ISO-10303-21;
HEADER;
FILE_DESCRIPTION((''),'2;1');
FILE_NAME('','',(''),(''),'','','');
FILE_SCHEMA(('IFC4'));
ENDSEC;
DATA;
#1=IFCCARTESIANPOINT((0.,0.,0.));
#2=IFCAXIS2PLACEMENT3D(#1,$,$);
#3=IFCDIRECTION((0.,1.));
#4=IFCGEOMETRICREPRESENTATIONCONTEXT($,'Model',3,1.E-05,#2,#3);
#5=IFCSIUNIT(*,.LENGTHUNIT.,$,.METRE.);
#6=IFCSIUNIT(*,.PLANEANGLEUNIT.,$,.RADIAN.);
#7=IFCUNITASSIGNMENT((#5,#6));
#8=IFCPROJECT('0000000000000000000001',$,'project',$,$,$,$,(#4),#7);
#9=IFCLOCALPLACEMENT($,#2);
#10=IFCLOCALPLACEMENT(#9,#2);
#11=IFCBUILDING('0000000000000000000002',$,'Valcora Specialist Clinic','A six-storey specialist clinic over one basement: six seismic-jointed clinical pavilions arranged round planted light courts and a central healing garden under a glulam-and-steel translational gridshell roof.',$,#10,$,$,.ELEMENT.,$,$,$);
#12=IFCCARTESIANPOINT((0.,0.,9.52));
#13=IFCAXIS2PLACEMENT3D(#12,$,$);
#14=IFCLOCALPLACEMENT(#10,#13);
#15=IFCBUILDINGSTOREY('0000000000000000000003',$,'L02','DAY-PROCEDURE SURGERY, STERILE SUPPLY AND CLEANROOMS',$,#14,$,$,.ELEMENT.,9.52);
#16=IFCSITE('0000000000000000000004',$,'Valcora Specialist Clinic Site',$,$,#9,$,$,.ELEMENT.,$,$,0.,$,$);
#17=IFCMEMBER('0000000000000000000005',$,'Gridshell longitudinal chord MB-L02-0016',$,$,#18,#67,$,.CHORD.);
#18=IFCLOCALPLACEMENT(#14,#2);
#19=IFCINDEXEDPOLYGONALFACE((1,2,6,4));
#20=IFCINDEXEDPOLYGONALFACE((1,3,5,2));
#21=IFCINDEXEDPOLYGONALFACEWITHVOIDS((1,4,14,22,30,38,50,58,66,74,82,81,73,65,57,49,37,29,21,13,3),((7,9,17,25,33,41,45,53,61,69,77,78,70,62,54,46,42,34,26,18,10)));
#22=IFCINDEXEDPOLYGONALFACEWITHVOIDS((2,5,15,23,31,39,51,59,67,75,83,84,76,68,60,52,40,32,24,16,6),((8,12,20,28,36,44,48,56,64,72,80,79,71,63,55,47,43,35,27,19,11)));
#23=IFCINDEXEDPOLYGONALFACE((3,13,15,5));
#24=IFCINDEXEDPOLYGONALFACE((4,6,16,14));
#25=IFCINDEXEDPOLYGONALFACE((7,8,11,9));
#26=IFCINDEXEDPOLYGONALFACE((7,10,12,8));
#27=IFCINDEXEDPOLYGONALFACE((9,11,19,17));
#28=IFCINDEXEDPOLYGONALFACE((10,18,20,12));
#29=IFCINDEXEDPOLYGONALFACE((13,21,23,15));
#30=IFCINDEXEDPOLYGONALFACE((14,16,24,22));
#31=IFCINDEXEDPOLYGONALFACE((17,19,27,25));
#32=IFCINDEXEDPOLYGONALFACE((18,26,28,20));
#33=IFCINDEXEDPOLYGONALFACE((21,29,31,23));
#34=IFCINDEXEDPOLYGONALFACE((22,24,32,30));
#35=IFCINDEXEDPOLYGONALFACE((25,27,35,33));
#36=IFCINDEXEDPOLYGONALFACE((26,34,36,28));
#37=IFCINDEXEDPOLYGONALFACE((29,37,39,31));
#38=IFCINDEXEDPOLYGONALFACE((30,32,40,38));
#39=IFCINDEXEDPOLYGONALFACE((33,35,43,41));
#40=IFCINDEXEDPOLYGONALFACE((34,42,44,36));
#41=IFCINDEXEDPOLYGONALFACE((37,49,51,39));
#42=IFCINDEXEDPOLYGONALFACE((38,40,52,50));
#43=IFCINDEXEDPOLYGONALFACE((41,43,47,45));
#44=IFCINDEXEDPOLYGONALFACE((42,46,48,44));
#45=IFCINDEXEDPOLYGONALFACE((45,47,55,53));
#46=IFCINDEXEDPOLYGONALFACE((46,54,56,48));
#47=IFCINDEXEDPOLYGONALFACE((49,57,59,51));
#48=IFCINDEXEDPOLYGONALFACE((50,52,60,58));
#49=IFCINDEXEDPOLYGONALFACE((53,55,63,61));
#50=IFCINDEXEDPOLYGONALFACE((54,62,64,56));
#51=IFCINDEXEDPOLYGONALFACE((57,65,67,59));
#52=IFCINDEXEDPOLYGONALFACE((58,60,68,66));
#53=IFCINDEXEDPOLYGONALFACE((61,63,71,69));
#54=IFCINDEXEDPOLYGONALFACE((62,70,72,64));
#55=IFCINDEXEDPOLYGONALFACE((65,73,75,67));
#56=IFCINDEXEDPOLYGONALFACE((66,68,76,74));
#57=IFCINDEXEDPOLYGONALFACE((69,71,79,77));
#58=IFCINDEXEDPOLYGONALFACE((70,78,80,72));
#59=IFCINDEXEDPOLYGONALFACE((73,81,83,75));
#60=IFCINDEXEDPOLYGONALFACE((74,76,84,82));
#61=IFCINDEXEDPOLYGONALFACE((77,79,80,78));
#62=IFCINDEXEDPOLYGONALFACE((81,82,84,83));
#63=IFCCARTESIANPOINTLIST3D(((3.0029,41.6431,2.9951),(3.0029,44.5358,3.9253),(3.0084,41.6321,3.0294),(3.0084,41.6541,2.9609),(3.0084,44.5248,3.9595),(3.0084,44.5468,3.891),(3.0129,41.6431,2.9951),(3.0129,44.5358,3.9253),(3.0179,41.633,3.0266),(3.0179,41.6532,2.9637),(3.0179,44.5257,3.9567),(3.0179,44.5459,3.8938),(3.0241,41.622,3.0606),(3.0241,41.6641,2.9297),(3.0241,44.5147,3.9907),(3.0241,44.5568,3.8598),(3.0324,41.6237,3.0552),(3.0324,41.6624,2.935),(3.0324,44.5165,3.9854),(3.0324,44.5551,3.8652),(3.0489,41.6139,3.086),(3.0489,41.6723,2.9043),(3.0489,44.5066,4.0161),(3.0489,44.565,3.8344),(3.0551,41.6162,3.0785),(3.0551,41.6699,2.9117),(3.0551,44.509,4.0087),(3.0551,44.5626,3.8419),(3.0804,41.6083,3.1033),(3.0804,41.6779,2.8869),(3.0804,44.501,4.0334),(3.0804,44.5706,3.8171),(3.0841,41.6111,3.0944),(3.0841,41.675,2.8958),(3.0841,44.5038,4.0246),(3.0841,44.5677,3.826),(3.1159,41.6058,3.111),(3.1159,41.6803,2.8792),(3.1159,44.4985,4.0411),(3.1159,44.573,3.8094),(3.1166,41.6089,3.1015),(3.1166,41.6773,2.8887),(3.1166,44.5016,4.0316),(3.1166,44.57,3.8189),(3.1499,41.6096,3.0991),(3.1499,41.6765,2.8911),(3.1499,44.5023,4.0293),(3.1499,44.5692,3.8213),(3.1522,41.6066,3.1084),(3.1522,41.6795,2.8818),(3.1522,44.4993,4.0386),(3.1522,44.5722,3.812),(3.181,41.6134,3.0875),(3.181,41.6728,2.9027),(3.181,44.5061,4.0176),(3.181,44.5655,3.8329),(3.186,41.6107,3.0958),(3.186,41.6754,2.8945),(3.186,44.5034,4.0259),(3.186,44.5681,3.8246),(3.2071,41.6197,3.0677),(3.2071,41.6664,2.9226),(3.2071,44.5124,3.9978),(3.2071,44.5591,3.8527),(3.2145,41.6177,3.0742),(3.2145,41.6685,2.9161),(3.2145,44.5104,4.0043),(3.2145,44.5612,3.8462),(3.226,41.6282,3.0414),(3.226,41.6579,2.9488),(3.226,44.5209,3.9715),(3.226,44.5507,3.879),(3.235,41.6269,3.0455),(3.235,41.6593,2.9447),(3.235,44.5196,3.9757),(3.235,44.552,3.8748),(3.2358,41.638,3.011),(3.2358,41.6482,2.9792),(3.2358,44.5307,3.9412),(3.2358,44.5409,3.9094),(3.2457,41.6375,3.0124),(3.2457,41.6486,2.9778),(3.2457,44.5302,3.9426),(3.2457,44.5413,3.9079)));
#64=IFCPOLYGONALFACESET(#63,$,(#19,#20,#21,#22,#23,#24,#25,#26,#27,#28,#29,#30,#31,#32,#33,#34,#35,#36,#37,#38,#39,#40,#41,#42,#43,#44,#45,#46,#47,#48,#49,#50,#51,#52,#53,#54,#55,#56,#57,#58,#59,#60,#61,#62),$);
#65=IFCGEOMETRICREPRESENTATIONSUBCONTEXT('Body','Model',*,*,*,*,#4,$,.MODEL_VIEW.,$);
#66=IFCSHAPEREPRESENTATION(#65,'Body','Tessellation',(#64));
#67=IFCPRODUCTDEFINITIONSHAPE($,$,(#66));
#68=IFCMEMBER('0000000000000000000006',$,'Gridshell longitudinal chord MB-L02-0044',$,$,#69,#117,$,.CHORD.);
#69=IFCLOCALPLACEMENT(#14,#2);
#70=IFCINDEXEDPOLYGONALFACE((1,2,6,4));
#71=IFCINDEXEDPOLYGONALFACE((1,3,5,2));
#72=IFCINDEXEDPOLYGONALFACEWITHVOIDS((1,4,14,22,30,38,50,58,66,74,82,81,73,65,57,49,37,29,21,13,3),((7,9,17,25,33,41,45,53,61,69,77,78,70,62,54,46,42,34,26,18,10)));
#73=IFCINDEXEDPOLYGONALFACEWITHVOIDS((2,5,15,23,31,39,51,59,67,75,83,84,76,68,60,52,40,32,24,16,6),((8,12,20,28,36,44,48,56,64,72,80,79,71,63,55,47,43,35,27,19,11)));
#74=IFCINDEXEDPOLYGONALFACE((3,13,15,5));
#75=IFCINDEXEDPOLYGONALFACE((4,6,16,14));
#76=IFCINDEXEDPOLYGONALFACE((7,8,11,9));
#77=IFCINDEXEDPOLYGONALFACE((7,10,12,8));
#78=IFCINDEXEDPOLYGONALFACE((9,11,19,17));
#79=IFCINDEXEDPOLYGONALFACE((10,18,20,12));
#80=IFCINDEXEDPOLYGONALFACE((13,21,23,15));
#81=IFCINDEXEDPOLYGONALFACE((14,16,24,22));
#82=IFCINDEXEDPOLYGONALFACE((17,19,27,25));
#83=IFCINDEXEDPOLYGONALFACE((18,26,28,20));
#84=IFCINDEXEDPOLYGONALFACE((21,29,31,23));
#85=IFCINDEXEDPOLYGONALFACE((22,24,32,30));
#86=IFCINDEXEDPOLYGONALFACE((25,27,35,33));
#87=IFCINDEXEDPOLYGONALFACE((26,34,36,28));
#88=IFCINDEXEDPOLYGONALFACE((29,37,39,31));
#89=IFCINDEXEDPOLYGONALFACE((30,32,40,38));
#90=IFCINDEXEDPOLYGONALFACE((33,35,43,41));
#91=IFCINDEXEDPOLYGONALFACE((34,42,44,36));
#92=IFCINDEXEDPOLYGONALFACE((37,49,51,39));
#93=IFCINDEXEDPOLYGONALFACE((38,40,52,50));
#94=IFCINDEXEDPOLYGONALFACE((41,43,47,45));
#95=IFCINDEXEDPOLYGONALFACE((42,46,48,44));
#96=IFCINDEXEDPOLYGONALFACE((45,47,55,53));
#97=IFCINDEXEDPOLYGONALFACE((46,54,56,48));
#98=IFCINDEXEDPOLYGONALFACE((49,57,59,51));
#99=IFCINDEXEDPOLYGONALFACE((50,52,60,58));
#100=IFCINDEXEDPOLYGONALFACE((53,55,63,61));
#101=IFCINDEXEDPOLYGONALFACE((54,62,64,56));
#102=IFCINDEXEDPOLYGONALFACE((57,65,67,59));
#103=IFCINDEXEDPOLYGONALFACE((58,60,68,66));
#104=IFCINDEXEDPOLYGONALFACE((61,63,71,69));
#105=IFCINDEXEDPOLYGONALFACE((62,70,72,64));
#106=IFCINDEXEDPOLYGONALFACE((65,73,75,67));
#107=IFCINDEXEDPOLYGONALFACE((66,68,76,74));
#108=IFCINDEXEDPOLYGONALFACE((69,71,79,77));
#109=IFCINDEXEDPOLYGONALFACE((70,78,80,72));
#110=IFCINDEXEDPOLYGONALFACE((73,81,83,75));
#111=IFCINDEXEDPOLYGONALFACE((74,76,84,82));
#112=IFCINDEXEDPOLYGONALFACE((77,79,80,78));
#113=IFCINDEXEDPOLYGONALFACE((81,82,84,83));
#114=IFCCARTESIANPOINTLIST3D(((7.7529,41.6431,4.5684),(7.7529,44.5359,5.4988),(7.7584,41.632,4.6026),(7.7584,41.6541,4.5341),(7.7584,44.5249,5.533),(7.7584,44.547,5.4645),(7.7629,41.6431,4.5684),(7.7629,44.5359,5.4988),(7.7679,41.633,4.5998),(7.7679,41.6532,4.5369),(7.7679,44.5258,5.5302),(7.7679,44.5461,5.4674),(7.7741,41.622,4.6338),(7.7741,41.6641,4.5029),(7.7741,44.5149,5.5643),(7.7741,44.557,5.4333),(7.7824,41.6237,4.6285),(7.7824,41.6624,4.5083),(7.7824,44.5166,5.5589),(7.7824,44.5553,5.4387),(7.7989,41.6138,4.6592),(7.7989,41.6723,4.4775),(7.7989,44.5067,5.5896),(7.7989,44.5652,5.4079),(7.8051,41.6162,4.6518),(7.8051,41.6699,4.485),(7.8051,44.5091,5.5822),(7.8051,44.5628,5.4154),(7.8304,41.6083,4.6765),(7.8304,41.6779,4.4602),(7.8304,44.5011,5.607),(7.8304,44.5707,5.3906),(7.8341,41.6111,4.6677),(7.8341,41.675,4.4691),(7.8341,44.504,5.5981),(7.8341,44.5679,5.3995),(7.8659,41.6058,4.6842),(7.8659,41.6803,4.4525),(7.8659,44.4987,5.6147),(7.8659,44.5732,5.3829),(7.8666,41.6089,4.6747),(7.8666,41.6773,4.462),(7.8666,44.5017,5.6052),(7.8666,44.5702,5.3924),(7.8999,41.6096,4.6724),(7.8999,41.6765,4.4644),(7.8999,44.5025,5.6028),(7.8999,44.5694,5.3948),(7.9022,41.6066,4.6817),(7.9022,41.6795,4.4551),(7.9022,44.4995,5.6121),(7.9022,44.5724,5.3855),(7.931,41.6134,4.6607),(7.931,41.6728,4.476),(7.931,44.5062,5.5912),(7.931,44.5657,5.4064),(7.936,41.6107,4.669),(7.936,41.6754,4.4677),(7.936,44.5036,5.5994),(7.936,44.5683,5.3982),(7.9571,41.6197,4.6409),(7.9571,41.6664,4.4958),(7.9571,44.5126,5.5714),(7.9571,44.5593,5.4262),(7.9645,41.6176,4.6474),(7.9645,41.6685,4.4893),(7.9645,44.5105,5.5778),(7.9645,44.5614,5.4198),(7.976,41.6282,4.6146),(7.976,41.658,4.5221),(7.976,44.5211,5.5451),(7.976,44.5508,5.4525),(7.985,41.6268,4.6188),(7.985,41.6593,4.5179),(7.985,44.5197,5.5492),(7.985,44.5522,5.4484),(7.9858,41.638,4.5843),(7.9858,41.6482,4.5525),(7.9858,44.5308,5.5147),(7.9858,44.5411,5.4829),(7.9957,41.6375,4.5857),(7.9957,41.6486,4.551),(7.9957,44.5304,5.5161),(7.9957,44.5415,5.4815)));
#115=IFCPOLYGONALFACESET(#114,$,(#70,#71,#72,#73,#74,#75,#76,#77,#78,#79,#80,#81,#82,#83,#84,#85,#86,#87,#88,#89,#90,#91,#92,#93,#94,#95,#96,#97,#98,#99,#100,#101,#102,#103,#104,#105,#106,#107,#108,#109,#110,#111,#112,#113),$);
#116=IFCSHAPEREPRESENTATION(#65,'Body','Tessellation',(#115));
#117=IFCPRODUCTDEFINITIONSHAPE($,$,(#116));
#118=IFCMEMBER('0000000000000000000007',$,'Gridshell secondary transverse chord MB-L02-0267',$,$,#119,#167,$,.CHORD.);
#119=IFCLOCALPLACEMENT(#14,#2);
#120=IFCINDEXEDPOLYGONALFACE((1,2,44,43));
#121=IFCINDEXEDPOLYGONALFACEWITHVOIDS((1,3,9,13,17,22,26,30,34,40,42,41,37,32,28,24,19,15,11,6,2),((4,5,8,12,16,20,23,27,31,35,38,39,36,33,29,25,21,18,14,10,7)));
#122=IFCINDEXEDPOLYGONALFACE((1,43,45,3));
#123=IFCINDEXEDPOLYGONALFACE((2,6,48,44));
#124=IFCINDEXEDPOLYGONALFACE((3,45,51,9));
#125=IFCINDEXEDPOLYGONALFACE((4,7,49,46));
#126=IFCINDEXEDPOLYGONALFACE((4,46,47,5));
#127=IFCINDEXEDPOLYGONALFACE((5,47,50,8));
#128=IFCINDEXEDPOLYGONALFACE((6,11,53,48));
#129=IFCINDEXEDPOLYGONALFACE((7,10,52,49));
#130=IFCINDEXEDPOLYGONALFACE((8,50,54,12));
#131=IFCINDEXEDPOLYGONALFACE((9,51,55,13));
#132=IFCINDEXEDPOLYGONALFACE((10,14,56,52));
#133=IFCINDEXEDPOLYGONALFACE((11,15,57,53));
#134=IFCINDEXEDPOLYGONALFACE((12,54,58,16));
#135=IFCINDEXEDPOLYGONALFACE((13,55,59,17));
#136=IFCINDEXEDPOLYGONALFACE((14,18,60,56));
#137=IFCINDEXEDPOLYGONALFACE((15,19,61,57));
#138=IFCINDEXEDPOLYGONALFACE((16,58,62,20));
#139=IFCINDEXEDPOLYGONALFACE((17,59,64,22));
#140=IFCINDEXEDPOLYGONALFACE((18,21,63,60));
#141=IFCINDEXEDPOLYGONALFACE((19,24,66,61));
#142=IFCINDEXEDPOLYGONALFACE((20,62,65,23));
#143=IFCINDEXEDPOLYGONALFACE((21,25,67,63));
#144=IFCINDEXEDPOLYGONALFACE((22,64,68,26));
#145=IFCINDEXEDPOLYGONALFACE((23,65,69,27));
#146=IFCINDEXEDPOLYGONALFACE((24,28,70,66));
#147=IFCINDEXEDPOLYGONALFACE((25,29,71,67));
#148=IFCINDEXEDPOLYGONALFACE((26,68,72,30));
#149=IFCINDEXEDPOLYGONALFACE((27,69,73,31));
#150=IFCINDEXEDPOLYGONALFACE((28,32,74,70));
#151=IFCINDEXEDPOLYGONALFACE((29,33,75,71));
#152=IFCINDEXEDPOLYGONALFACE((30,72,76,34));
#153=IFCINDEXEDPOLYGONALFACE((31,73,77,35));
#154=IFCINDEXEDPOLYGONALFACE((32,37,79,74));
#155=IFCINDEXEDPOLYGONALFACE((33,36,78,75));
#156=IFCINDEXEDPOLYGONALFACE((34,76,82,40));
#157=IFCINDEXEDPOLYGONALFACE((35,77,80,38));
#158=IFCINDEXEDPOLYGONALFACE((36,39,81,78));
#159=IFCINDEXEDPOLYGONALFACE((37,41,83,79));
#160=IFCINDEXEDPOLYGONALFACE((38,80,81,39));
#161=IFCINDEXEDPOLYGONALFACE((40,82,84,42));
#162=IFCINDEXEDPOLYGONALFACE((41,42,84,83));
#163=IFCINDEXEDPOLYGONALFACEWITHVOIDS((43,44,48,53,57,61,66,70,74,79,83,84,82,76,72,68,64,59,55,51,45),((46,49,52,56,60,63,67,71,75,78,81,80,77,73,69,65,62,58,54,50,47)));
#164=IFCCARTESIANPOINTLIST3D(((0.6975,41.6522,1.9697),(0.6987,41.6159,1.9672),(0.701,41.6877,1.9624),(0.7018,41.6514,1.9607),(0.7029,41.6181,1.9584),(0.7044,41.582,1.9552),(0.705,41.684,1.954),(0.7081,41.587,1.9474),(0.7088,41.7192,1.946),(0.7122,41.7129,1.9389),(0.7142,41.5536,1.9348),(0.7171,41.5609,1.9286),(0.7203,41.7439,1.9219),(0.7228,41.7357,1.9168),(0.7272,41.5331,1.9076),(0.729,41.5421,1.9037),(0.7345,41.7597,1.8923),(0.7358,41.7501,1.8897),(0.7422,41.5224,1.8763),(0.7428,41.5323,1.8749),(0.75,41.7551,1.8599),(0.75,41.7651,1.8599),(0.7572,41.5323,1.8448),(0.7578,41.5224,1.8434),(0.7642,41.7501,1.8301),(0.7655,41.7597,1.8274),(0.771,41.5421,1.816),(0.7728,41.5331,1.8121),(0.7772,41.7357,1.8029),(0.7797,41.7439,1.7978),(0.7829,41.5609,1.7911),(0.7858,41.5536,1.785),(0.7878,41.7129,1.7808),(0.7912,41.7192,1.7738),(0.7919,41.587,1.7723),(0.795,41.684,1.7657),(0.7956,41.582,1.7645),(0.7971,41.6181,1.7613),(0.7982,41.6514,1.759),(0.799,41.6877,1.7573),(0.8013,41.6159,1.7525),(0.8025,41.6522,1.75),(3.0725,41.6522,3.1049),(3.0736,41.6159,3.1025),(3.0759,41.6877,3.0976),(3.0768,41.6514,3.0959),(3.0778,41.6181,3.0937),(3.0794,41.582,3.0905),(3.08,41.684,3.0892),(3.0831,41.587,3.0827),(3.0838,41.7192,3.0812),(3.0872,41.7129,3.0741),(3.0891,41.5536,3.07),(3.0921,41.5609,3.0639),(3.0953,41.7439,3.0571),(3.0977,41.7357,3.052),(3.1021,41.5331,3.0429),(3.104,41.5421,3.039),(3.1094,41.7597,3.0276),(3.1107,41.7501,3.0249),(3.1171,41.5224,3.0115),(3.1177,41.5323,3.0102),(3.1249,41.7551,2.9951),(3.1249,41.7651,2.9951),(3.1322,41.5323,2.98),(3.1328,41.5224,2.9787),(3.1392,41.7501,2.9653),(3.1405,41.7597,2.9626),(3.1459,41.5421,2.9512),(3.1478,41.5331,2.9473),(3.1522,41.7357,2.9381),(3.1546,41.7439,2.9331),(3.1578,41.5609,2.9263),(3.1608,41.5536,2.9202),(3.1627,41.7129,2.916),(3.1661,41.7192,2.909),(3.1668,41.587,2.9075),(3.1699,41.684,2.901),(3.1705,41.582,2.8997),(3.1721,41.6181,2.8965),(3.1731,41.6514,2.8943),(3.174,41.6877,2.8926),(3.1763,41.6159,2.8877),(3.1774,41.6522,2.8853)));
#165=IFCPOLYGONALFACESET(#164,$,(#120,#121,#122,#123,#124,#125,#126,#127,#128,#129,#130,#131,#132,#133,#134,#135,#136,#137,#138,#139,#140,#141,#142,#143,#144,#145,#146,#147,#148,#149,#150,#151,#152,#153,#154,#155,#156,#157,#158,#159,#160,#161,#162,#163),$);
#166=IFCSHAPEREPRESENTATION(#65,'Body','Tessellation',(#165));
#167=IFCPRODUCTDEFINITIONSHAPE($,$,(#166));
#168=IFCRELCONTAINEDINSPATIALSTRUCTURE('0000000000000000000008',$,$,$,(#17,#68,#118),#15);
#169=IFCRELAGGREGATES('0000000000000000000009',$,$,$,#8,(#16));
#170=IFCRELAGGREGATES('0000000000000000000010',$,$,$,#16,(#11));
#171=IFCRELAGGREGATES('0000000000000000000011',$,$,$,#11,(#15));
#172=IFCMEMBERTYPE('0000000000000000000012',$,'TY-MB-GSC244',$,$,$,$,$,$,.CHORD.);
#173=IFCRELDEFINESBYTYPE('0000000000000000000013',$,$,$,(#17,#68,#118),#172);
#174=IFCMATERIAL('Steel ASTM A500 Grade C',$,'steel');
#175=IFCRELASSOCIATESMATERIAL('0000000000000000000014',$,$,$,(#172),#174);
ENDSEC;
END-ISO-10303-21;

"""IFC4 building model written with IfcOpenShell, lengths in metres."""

from ifc_helpers import new_model, si_unit, direction, frame, origin, origin_2d, place, context, subcontext, project, spatial, hollow_circle, extrude, material, material_profile, profile_set, type_object, element, save


model = new_model("IFC4")

# Units and contexts
model_context = context("Model", 3, precision=1e-05, world=origin(), true_north=direction((0.0, 1.0)))
body_context = subcontext(model_context, "Body", "Model", "MODEL_VIEW")
ifc_project = project(units=[si_unit("LENGTHUNIT", "METRE"), si_unit("PLANEANGLEUNIT", "RADIAN")], contexts=[model_context])

# Site, building, storey
site_placement = place(None, origin())
site = spatial("IfcSite", under=ifc_project, at=site_placement, Name="Valcora Specialist Clinic Site", CompositionType="ELEMENT", RefElevation=0.0)
building_placement = place(site_placement, origin())
building = spatial("IfcBuilding", under=site, at=building_placement, Name="Valcora Specialist Clinic", Description="A six-storey specialist clinic over one basement: six seismic-jointed clinical pavilions arranged round planted light courts and a central healing garden under a glulam-and-steel translational gridshell roof.", CompositionType="ELEMENT")
storey_placement = place(building_placement, frame((0.0, 0.0, 9.52)))
storey = spatial("IfcBuildingStorey", under=building, at=storey_placement, Name="L02", Description="DAY-PROCEDURE SURGERY, STERILE SUPPLY AND CLEANROOMS", CompositionType="ELEMENT", Elevation=9.52)

# Members
ifc_material_1 = material(Name="Steel ASTM A500 Grade C", Category="steel")
ifc_material_profile_1 = material_profile(ifc_material_1, hollow_circle(Radius=0.1221, WallThickness=0.01, at=origin_2d()), Name="ST-CHS-244X10")
ifc_profile_set_1 = profile_set([ifc_material_profile_1], Name="Steel ASTM A500 Grade C")
member_type_1 = type_object("IfcMemberType", Name="TY-MB-GSC244", PredefinedType="CHORD", material=ifc_profile_set_1)
member_1_placement = place(storey_placement, frame((3.125, 41.6431, 2.9951), z_axis=(0.0, 0.951996, 0.306111), x_axis=(-1.0, 0.0, 0.0)))
element("IfcMember", 1, at=member_1_placement, inside=storey, type_object=member_type_1, Name="Gridshell longitudinal chord MB-L02-0016", PredefinedType="CHORD", context=body_context, shape_type="SweptSolid", body=[
    extrude(hollow_circle(Radius=0.1221, WallThickness=0.01, at=origin_2d()), origin(), (0.0, 0.0, 1.0), 3.0386),
])
member_2_placement = place(storey_placement, frame((7.875, 41.6431, 4.5684), z_axis=(0.0, 0.951973, 0.306183), x_axis=(-1.0, 0.0, 0.0)))
element("IfcMember", 2, at=member_2_placement, inside=storey, type_object=member_type_1, Name="Gridshell longitudinal chord MB-L02-0044", PredefinedType="CHORD", context=body_context, shape_type="SweptSolid", body=[
    extrude(hollow_circle(Radius=0.1221, WallThickness=0.01, at=origin_2d()), origin(), (0.0, 0.0, 1.0), 3.0388),
])
member_3_placement = place(storey_placement, frame((0.75, 41.6431, 1.8599), z_axis=(0.902225, 0.0, 0.431265), x_axis=(0.0, 1.0, 0.0)))
element("IfcMember", 3, at=member_3_placement, inside=storey, type_object=member_type_1, Name="Gridshell secondary transverse chord MB-L02-0267", PredefinedType="CHORD", context=body_context, shape_type="SweptSolid", body=[
    extrude(hollow_circle(Radius=0.1221, WallThickness=0.01, at=origin_2d()), origin(), (0.0, 0.0, 1.0), 2.6323),
])

save(model, "model.ifc")
